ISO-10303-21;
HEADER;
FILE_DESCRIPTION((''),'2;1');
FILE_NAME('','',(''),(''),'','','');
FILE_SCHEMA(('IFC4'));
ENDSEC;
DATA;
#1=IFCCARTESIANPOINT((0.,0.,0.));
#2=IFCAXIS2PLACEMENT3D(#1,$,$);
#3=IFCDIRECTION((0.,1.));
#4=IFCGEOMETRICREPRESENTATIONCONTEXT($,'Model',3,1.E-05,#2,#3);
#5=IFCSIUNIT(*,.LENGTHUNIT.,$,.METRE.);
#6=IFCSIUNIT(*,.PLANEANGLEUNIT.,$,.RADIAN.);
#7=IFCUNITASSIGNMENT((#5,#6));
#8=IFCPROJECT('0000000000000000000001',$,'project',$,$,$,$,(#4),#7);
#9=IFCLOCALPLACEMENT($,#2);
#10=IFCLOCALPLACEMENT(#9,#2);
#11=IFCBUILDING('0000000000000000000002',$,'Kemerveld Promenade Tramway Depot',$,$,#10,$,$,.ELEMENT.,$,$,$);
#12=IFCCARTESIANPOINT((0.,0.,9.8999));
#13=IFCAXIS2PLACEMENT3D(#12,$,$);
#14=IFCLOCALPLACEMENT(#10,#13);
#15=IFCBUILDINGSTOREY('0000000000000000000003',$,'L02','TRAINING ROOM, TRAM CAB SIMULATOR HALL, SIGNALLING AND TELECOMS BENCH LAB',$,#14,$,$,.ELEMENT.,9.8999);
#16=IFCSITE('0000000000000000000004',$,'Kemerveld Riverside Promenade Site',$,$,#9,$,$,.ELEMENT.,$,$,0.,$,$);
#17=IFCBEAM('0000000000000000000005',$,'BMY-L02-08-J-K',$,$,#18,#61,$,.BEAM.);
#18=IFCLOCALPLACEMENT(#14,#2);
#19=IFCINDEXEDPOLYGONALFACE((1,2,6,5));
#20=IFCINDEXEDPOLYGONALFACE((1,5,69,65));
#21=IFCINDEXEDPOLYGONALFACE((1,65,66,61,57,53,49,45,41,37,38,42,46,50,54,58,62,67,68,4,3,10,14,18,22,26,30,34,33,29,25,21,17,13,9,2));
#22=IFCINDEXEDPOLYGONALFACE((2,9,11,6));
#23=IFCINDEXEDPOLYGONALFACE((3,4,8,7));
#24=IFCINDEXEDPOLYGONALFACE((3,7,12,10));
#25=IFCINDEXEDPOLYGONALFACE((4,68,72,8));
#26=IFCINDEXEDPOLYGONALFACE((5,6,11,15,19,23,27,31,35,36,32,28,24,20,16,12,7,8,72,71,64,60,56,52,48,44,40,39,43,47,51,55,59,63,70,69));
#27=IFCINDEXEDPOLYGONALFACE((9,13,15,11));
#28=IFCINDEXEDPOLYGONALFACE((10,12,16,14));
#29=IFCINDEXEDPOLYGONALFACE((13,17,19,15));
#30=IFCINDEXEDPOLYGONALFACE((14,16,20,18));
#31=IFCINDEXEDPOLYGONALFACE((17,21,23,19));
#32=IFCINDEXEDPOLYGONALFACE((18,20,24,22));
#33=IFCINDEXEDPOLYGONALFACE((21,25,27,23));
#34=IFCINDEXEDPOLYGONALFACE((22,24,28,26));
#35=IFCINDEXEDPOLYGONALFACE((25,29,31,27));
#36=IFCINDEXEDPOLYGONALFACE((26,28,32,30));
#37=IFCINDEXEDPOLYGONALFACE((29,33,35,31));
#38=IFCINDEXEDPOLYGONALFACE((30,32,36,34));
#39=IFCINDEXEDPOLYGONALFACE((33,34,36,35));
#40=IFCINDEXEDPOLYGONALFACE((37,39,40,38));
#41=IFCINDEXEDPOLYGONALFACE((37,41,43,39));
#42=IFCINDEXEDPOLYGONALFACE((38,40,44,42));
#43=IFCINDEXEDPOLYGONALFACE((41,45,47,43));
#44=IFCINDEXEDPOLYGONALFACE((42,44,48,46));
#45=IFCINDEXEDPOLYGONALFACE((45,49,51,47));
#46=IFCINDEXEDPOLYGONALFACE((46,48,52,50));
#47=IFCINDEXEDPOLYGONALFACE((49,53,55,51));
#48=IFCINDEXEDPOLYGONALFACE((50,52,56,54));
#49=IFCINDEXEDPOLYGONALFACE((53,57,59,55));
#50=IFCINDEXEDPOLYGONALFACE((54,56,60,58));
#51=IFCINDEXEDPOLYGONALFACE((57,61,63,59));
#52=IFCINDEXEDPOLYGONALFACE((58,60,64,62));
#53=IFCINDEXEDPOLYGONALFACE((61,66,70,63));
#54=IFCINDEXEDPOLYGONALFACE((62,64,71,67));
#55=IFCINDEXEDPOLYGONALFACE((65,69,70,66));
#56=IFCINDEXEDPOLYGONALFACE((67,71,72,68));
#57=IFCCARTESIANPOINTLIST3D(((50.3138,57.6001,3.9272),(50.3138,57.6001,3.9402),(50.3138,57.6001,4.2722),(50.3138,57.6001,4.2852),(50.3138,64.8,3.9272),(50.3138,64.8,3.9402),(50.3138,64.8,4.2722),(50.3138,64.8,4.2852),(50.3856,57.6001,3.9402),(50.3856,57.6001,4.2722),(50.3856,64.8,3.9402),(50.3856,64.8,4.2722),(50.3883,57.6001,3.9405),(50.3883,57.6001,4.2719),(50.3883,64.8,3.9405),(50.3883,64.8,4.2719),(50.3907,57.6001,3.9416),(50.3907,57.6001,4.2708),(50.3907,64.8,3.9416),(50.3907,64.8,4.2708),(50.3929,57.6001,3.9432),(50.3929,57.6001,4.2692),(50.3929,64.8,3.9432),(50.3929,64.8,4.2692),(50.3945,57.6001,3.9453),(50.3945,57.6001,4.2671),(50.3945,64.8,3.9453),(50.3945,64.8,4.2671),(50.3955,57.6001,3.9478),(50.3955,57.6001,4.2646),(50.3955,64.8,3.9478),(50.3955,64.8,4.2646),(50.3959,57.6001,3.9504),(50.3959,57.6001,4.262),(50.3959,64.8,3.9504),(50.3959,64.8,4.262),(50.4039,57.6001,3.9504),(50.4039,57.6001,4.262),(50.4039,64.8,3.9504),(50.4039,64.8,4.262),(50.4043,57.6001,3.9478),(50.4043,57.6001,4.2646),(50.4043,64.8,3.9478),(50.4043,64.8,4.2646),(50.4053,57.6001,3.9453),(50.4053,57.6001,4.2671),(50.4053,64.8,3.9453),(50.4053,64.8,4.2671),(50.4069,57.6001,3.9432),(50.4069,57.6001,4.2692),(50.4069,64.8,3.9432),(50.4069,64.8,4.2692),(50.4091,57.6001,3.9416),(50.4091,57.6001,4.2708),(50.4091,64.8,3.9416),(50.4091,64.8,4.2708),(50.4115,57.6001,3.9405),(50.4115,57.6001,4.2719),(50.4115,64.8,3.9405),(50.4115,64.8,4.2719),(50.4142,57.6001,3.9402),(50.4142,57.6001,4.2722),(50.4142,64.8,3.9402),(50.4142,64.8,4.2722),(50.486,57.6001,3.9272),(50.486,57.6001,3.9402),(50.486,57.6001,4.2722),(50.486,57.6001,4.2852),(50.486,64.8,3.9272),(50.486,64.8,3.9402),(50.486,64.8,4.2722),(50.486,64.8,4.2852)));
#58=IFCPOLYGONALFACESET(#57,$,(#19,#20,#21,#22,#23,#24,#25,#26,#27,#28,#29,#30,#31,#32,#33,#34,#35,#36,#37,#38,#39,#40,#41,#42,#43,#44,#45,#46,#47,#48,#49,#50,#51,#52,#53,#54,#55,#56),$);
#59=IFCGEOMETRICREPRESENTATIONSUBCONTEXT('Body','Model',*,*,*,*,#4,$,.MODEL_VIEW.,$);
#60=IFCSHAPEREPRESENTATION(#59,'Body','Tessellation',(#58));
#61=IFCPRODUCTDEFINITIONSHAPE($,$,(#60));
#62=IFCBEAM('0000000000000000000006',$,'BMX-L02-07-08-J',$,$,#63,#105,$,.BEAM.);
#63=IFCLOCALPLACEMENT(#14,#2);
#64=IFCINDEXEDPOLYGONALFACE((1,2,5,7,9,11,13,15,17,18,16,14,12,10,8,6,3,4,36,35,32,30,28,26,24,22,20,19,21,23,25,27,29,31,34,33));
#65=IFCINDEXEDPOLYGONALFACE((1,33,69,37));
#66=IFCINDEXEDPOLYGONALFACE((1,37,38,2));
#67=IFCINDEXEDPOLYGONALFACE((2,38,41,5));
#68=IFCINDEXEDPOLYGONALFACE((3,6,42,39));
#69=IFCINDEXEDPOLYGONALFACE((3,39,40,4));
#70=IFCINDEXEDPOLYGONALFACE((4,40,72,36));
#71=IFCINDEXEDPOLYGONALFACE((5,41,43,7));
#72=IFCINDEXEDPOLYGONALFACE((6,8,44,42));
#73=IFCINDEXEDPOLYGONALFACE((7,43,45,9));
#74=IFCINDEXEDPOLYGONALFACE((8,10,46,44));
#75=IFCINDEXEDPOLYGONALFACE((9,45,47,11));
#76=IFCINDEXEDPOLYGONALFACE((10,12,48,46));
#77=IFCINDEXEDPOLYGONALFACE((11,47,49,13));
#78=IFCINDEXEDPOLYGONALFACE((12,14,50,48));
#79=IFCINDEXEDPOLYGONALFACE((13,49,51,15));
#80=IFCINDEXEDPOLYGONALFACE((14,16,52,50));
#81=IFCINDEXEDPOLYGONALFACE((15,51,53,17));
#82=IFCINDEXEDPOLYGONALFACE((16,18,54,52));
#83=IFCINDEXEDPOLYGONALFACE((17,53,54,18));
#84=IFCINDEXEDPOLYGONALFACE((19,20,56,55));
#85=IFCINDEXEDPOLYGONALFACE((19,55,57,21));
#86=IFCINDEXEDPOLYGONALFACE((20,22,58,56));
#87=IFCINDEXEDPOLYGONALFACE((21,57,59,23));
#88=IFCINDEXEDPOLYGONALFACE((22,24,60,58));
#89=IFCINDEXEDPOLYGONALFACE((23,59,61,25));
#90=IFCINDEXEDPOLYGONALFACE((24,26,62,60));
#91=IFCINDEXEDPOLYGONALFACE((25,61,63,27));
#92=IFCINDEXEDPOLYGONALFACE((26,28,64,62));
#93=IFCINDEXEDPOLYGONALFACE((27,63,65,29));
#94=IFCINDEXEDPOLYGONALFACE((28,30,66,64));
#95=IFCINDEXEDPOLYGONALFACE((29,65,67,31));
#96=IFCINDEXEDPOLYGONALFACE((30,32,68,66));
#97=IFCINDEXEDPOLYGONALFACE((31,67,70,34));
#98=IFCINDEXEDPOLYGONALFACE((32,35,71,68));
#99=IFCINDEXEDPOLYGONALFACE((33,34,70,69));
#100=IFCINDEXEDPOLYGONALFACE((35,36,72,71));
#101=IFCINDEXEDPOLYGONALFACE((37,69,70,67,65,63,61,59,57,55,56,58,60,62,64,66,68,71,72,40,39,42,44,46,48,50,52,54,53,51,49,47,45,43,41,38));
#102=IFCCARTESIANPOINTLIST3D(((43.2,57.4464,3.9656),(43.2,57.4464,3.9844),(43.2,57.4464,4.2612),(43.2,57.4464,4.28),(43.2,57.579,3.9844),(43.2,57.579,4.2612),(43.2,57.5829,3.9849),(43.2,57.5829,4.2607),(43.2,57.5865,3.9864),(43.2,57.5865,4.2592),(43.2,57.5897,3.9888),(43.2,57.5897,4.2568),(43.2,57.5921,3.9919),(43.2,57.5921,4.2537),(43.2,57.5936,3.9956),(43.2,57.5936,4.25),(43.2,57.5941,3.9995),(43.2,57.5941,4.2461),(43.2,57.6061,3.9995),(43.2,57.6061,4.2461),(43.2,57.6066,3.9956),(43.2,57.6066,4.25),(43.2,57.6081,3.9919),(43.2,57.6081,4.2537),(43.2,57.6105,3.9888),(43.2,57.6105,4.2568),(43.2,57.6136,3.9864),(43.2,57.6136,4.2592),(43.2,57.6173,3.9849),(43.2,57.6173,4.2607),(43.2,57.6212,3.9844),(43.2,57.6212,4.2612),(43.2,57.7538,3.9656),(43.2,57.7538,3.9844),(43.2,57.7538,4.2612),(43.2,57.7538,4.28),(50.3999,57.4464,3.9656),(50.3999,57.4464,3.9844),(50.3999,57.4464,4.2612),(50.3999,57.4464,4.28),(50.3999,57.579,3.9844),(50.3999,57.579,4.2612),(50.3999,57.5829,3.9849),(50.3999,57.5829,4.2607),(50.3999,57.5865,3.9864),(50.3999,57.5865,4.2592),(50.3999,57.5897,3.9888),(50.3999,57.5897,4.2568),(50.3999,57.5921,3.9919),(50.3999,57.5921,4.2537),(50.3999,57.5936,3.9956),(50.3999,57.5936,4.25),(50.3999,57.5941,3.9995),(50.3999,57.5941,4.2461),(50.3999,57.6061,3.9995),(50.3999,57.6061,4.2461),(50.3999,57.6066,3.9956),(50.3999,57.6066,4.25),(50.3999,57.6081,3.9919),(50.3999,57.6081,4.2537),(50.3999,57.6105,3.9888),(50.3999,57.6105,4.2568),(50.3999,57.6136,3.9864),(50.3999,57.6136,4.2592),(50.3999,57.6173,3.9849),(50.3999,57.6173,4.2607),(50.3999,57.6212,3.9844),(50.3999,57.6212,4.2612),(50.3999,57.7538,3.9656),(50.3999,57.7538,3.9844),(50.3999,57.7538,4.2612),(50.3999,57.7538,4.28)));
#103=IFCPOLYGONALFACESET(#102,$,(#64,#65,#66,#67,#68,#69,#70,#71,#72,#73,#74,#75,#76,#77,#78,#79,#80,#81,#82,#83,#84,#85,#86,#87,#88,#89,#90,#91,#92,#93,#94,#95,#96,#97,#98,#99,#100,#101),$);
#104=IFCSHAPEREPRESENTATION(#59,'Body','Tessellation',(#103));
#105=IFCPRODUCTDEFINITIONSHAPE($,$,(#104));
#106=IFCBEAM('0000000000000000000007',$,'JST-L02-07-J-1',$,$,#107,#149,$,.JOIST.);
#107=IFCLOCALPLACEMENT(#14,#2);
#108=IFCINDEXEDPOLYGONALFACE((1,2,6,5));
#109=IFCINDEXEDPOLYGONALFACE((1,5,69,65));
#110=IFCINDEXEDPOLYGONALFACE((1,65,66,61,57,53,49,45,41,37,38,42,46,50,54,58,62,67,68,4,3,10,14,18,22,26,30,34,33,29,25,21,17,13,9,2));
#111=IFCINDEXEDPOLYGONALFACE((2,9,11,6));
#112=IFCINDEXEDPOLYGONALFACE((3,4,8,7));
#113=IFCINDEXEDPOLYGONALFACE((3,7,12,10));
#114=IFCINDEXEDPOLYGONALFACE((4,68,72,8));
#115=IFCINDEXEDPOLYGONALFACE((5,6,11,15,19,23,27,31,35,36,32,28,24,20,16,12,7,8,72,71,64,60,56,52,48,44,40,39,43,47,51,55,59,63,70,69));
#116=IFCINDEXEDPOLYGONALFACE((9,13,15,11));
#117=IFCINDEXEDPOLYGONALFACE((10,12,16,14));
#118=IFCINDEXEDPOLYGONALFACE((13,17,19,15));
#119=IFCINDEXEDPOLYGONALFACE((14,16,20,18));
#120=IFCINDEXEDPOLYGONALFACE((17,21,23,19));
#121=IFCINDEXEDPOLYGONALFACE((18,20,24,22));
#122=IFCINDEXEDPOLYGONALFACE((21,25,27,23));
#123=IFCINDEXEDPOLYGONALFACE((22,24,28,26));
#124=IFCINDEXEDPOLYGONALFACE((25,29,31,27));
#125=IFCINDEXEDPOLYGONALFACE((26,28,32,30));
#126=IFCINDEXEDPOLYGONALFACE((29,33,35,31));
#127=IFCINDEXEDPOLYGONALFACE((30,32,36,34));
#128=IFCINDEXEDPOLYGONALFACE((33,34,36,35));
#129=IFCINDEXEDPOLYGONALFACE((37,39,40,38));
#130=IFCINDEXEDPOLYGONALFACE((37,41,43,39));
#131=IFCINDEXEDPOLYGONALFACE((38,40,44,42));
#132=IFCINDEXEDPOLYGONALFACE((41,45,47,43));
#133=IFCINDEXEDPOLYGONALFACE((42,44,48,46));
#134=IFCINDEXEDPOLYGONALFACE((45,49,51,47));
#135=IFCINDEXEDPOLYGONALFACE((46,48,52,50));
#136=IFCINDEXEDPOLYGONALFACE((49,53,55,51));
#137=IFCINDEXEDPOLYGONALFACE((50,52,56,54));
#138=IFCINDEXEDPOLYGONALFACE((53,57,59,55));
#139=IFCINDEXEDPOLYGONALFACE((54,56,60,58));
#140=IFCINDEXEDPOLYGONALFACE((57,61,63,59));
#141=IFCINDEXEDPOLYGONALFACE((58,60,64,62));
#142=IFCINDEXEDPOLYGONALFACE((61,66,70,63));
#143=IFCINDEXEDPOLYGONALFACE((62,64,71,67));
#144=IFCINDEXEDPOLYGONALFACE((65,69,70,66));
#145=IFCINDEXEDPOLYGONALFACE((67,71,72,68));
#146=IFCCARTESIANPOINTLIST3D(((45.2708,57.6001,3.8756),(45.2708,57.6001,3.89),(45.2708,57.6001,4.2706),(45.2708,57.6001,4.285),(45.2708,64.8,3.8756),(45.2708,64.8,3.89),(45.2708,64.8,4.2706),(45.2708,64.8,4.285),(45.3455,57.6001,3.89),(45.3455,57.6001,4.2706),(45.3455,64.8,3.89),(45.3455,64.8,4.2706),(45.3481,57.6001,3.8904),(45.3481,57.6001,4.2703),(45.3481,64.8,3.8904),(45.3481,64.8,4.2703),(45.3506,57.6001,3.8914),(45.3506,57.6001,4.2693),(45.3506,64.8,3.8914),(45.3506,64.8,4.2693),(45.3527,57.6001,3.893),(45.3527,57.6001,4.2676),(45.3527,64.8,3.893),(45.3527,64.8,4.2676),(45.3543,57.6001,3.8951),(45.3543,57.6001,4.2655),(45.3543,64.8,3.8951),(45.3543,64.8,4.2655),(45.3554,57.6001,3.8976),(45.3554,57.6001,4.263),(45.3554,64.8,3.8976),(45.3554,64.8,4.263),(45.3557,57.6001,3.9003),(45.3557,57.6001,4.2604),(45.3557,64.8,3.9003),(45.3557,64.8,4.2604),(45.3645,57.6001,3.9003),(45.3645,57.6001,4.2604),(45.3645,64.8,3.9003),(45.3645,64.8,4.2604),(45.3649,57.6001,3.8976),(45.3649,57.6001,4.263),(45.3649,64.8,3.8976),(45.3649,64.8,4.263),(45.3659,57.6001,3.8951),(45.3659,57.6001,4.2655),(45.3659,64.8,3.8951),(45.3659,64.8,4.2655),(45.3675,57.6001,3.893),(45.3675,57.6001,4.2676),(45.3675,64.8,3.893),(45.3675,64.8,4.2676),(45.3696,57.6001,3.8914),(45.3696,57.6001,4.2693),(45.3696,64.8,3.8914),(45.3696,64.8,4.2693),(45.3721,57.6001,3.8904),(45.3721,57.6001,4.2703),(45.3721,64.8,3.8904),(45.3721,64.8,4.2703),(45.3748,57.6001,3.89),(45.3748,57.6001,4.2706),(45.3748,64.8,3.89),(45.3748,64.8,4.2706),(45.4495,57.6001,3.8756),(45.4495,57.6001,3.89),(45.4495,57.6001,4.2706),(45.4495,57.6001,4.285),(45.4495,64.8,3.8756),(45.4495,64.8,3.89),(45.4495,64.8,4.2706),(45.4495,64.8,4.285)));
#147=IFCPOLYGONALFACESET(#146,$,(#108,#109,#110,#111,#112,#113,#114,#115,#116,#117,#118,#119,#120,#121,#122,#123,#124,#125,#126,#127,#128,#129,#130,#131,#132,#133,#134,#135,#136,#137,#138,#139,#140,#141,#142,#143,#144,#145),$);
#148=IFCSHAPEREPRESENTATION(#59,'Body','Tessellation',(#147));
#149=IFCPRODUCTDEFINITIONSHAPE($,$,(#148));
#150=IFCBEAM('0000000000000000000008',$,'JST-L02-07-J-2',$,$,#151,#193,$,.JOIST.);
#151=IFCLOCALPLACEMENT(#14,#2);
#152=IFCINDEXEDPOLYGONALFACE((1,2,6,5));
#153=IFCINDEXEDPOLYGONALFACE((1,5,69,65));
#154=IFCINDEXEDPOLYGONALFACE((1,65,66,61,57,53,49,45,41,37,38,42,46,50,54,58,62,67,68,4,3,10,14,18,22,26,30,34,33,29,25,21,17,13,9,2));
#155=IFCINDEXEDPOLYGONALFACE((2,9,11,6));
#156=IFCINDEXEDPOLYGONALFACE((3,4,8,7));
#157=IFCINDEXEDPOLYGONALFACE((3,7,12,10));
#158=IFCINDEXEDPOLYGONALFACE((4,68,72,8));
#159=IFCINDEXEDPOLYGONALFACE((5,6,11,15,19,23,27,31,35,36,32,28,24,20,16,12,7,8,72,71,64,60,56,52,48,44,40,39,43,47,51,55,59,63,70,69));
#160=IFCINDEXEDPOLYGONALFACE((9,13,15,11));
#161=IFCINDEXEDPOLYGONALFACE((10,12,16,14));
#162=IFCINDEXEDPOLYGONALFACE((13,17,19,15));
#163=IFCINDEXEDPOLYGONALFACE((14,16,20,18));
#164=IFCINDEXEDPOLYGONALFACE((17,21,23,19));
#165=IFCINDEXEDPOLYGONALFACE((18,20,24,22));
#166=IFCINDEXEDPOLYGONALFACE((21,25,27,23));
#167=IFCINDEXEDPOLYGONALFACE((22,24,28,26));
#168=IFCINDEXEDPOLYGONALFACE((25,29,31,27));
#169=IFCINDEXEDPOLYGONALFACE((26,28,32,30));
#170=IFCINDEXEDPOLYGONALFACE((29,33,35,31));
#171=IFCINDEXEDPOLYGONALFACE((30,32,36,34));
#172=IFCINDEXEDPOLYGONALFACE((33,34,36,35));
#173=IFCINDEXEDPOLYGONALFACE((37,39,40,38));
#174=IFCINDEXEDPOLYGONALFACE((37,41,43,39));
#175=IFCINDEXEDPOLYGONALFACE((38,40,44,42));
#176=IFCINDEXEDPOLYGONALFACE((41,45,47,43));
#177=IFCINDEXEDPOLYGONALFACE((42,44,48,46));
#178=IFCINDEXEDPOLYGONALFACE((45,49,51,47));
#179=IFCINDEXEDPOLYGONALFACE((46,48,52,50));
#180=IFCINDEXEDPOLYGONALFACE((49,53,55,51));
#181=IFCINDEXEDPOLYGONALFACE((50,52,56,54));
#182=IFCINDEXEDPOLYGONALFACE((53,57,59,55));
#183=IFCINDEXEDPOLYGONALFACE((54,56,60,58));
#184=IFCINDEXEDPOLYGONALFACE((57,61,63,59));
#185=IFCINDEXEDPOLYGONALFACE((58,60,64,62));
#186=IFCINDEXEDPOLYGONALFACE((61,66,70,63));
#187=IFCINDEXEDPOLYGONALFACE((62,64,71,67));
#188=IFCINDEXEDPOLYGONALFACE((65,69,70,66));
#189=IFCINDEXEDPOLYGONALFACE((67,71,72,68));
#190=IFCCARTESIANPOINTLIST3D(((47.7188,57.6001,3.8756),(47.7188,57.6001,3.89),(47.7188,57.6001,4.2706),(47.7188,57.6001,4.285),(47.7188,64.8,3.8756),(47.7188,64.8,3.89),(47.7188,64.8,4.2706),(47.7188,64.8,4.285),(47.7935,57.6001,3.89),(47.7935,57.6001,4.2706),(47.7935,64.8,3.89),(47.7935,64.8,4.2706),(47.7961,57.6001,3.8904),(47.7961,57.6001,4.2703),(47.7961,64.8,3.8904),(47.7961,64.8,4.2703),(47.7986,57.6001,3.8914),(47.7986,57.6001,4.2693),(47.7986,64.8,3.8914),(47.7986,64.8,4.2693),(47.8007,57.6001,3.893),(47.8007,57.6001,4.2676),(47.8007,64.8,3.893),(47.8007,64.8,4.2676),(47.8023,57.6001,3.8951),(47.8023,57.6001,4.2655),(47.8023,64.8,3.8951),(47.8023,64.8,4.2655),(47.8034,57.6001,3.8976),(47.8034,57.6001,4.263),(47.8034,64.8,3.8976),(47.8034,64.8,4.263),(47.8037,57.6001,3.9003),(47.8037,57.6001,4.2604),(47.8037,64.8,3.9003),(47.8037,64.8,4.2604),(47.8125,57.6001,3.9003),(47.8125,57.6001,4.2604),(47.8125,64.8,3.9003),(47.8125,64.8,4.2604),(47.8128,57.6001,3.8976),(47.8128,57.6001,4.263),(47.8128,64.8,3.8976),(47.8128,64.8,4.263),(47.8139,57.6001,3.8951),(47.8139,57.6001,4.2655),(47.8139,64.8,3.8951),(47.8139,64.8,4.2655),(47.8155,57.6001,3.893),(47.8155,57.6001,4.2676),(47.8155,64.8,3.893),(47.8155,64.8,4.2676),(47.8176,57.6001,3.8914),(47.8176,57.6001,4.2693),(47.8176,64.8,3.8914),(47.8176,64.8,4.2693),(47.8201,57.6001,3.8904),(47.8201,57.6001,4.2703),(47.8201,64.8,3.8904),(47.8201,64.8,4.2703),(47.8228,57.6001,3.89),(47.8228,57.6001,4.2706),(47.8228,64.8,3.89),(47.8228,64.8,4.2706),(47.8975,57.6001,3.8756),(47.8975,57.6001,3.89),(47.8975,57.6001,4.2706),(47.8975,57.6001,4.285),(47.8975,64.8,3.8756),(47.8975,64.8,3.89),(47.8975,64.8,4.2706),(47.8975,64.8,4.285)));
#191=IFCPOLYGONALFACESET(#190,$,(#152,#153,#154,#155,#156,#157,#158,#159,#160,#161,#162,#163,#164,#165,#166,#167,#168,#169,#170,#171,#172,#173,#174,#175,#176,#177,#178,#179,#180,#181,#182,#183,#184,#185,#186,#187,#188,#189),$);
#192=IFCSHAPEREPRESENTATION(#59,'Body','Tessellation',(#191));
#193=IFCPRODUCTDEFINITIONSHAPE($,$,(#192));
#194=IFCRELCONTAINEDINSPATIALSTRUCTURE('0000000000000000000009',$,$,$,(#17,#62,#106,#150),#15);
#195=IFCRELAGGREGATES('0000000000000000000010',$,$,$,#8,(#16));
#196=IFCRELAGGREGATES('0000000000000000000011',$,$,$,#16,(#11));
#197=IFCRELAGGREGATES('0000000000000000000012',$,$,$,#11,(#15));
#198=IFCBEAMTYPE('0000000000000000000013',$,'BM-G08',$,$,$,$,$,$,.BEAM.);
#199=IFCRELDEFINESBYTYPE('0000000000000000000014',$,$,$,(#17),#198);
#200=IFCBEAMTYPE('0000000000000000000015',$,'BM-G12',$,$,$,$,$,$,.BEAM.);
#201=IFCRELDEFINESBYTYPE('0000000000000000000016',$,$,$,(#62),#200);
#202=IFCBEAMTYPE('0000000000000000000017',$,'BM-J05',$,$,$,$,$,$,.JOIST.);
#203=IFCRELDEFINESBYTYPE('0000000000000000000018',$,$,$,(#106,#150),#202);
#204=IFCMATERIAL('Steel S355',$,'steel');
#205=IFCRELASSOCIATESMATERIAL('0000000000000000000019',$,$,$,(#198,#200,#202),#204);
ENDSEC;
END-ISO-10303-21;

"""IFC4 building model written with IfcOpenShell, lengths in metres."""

from ifc_helpers import new_model, si_unit, direction, frame, origin, origin_2d, place, context, subcontext, project, spatial, i_section, extrude, material, material_profile, profile_set, type_object, element, save


model = new_model("IFC4")

# Units and contexts
model_context = context("Model", 3, precision=1e-05, world=origin(), true_north=direction((0.0, 1.0)))
body_context = subcontext(model_context, "Body", "Model", "MODEL_VIEW")
ifc_project = project(units=[si_unit("LENGTHUNIT", "METRE"), si_unit("PLANEANGLEUNIT", "RADIAN")], contexts=[model_context])

# Site, building, storey
site_placement = place(None, origin())
site = spatial("IfcSite", under=ifc_project, at=site_placement, Name="Kemerveld Riverside Promenade Site", CompositionType="ELEMENT", RefElevation=0.0)
building_placement = place(site_placement, origin())
building = spatial("IfcBuilding", under=site, at=building_placement, Name="Kemerveld Promenade Tramway Depot", CompositionType="ELEMENT")
storey_placement = place(building_placement, frame((0.0, 0.0, 9.8999)))
storey = spatial("IfcBuildingStorey", under=building, at=storey_placement, Name="L02", Description="TRAINING ROOM, TRAM CAB SIMULATOR HALL, SIGNALLING AND TELECOMS BENCH LAB", CompositionType="ELEMENT", Elevation=9.8999)

# Shared definitions
ifc_material_1 = material(Name="Steel S355", Category="steel")

# Beams
ifc_material_profile_1 = material_profile(ifc_material_1, i_section(OverallWidth=0.1721, OverallDepth=0.3579, WebThickness=0.0081, FlangeThickness=0.0129, FilletRadius=0.0103, at=origin_2d()), Name="356x171x57 UB")
ifc_profile_set_1 = profile_set([ifc_material_profile_1], Name="Steel S355")
beam_type_1 = type_object("IfcBeamType", Name="BM-G08", PredefinedType="BEAM", material=ifc_profile_set_1)
beam_1_placement = place(storey_placement, frame((50.3999, 57.6001, 4.1062), z_axis=(0.0, 1.0, 0.0), x_axis=(-1.0, 0.0, 0.0)))
element("IfcBeam", 1, at=beam_1_placement, inside=storey, type_object=beam_type_1, Name="BMY-L02-08-J-K", PredefinedType="BEAM", context=body_context, shape_type="SweptSolid", body=[
    extrude(i_section(OverallWidth=0.1721, OverallDepth=0.3579, WebThickness=0.0081, FlangeThickness=0.0129, FilletRadius=0.0103, at=origin_2d()), origin(), (0.0, 0.0, 1.0), 7.2),
])
ifc_material_profile_2 = material_profile(ifc_material_1, i_section(OverallWidth=0.3074, OverallDepth=0.3145, WebThickness=0.012, FlangeThickness=0.0188, FilletRadius=0.0151, at=origin_2d()), Name="305x305x118 UC")
ifc_profile_set_2 = profile_set([ifc_material_profile_2], Name="Steel S355")
beam_type_2 = type_object("IfcBeamType", Name="BM-G12", PredefinedType="BEAM", material=ifc_profile_set_2)
beam_2_placement = place(storey_placement, frame((43.2, 57.6001, 4.1228), z_axis=(1.0, 0.0, 0.0), x_axis=(0.0, 1.0, 0.0)))
element("IfcBeam", 2, at=beam_2_placement, inside=storey, type_object=beam_type_2, Name="BMX-L02-07-08-J", PredefinedType="BEAM", context=body_context, shape_type="SweptSolid", body=[
    extrude(i_section(OverallWidth=0.3074, OverallDepth=0.3145, WebThickness=0.012, FlangeThickness=0.0188, FilletRadius=0.0151, at=origin_2d()), origin(), (0.0, 0.0, 1.0), 7.2),
])
ifc_material_profile_3 = material_profile(ifc_material_1, i_section(OverallWidth=0.1787, OverallDepth=0.4094, WebThickness=0.0088, FlangeThickness=0.0144, FilletRadius=0.0103, at=origin_2d()), Name="406x178x67 UB")
ifc_profile_set_3 = profile_set([ifc_material_profile_3], Name="Steel S355")
beam_type_3 = type_object("IfcBeamType", Name="BM-J05", PredefinedType="JOIST", material=ifc_profile_set_3)
for number, where, z_axis, x_axis, name in (
    (3, (45.3601, 57.6001, 4.0803), (0.0, 1.0, 0.0), (-1.0, 0.0, 0.0), "JST-L02-07-J-1"),
    (4, (47.8081, 57.6001, 4.0803), (0.0, 1.0, 0.0), (-1.0, 0.0, 0.0), "JST-L02-07-J-2"),
):
    element("IfcBeam", number, at=place(storey_placement, frame(where, z_axis=z_axis, x_axis=x_axis)), inside=storey, type_object=beam_type_3, Name=name, PredefinedType="JOIST", context=body_context, shape_type="SweptSolid", body=[
        extrude(i_section(OverallWidth=0.1787, OverallDepth=0.4094, WebThickness=0.0088, FlangeThickness=0.0144, FilletRadius=0.0103, at=origin_2d()), origin(), (0.0, 0.0, 1.0), 7.2),
    ])

save(model, "model.ifc")
